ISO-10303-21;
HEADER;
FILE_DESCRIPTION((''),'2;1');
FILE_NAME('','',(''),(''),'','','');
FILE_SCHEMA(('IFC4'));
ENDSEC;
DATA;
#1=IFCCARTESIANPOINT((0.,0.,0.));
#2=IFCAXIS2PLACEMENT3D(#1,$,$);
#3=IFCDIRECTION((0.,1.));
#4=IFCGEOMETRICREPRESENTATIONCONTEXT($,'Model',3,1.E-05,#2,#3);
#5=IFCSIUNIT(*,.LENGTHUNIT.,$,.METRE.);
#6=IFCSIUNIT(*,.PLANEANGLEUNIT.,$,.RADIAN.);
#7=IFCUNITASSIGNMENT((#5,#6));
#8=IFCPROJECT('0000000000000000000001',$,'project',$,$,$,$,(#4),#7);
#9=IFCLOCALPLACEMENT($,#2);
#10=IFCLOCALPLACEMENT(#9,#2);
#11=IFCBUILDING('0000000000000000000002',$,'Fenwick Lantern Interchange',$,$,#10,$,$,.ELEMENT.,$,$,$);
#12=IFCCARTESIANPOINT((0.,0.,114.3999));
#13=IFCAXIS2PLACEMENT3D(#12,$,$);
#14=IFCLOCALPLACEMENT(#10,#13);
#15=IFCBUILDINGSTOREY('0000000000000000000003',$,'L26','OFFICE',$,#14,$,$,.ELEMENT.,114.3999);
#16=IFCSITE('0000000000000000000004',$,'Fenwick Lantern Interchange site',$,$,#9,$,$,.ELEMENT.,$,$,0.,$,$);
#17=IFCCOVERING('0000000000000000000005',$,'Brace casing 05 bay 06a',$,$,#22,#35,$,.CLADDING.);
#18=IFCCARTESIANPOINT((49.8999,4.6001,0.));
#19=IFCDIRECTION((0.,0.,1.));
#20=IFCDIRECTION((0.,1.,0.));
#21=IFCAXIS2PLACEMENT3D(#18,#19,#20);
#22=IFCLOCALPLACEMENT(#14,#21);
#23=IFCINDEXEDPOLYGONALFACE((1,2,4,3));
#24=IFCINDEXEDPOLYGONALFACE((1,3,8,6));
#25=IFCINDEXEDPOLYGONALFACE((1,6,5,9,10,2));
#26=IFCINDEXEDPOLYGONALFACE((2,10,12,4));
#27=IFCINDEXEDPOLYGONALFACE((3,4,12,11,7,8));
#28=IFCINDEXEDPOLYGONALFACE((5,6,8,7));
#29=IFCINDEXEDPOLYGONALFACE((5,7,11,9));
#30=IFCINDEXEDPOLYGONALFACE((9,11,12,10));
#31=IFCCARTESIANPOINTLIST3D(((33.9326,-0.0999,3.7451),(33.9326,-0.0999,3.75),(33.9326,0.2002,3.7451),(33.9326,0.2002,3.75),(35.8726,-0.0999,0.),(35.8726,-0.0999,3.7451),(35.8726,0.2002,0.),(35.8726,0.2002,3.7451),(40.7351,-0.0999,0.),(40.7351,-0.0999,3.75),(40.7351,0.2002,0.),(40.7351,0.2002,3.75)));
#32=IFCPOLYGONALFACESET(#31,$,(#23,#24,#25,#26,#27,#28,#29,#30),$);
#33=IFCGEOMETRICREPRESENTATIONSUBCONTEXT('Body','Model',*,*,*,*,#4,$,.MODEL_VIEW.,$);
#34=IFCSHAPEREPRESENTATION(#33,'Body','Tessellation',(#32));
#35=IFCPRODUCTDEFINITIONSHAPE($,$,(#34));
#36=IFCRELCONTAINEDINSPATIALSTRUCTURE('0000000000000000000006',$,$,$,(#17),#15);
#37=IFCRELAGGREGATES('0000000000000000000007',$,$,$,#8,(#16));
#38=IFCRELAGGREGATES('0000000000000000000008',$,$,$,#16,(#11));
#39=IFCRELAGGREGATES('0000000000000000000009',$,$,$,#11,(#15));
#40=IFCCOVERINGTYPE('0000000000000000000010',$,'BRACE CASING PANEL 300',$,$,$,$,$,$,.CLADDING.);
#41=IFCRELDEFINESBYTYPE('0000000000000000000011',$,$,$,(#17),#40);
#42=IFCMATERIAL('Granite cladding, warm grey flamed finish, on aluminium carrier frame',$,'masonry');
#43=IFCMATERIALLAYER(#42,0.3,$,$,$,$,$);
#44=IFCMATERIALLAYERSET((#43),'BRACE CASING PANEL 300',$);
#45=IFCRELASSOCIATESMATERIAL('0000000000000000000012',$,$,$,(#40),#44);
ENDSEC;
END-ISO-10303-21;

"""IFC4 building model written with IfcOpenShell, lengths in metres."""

from ifc_helpers import new_model, si_unit, direction, frame, origin, place, context, subcontext, project, spatial, polyline, outline, extrude, material, layer, layer_set, type_object, element, save


model = new_model("IFC4")

# Units and contexts
model_context = context("Model", 3, precision=1e-05, world=origin(), true_north=direction((0.0, 1.0)))
body_context = subcontext(model_context, "Body", "Model", "MODEL_VIEW")
ifc_project = project(units=[si_unit("LENGTHUNIT", "METRE"), si_unit("PLANEANGLEUNIT", "RADIAN")], contexts=[model_context])

# Site, building, storey
site_placement = place(None, origin())
site = spatial("IfcSite", under=ifc_project, at=site_placement, Name="Fenwick Lantern Interchange site", CompositionType="ELEMENT", RefElevation=0.0)
building_placement = place(site_placement, origin())
building = spatial("IfcBuilding", under=site, at=building_placement, Name="Fenwick Lantern Interchange", CompositionType="ELEMENT")
storey_placement = place(building_placement, frame((0.0, 0.0, 114.3999)))
storey = spatial("IfcBuildingStorey", under=building, at=storey_placement, Name="L26", Description="OFFICE", CompositionType="ELEMENT", Elevation=114.3999)

# Covering
ifc_material_1 = material(Name="Granite cladding, warm grey flamed finish, on aluminium carrier frame", Category="masonry")
ifc_layer_1 = layer(ifc_material_1, 0.3)
ifc_layer_set_1 = layer_set([ifc_layer_1], Name="BRACE CASING PANEL 300")
covering_type = type_object("IfcCoveringType", Name="BRACE CASING PANEL 300", PredefinedType="CLADDING", material=ifc_layer_set_1)
covering_placement = place(storey_placement, frame((49.8999, 4.6001, 0.0), z_axis=(0.0, 0.0, 1.0), x_axis=(0.0, 1.0, 0.0)))
element("IfcCovering", 1, at=covering_placement, inside=storey, type_object=covering_type, Name="Brace casing 05 bay 06a", PredefinedType="CLADDING", context=body_context, shape_type="SweptSolid", body=[
    extrude(outline(polyline([(35.8726, 0.0), (40.7351, 0.0), (40.7351, 3.75), (33.9326, 3.75), (33.9326, 3.7451), (35.8726, 3.7451), (35.8726, 0.0)])), frame((0.0, 0.2002, 0.0), z_axis=(0.0, -1.0, 0.0), x_axis=(1.0, 0.0, 0.0)), (0.0, 0.0, 1.0), 0.3),
])

save(model, "model.ifc")
